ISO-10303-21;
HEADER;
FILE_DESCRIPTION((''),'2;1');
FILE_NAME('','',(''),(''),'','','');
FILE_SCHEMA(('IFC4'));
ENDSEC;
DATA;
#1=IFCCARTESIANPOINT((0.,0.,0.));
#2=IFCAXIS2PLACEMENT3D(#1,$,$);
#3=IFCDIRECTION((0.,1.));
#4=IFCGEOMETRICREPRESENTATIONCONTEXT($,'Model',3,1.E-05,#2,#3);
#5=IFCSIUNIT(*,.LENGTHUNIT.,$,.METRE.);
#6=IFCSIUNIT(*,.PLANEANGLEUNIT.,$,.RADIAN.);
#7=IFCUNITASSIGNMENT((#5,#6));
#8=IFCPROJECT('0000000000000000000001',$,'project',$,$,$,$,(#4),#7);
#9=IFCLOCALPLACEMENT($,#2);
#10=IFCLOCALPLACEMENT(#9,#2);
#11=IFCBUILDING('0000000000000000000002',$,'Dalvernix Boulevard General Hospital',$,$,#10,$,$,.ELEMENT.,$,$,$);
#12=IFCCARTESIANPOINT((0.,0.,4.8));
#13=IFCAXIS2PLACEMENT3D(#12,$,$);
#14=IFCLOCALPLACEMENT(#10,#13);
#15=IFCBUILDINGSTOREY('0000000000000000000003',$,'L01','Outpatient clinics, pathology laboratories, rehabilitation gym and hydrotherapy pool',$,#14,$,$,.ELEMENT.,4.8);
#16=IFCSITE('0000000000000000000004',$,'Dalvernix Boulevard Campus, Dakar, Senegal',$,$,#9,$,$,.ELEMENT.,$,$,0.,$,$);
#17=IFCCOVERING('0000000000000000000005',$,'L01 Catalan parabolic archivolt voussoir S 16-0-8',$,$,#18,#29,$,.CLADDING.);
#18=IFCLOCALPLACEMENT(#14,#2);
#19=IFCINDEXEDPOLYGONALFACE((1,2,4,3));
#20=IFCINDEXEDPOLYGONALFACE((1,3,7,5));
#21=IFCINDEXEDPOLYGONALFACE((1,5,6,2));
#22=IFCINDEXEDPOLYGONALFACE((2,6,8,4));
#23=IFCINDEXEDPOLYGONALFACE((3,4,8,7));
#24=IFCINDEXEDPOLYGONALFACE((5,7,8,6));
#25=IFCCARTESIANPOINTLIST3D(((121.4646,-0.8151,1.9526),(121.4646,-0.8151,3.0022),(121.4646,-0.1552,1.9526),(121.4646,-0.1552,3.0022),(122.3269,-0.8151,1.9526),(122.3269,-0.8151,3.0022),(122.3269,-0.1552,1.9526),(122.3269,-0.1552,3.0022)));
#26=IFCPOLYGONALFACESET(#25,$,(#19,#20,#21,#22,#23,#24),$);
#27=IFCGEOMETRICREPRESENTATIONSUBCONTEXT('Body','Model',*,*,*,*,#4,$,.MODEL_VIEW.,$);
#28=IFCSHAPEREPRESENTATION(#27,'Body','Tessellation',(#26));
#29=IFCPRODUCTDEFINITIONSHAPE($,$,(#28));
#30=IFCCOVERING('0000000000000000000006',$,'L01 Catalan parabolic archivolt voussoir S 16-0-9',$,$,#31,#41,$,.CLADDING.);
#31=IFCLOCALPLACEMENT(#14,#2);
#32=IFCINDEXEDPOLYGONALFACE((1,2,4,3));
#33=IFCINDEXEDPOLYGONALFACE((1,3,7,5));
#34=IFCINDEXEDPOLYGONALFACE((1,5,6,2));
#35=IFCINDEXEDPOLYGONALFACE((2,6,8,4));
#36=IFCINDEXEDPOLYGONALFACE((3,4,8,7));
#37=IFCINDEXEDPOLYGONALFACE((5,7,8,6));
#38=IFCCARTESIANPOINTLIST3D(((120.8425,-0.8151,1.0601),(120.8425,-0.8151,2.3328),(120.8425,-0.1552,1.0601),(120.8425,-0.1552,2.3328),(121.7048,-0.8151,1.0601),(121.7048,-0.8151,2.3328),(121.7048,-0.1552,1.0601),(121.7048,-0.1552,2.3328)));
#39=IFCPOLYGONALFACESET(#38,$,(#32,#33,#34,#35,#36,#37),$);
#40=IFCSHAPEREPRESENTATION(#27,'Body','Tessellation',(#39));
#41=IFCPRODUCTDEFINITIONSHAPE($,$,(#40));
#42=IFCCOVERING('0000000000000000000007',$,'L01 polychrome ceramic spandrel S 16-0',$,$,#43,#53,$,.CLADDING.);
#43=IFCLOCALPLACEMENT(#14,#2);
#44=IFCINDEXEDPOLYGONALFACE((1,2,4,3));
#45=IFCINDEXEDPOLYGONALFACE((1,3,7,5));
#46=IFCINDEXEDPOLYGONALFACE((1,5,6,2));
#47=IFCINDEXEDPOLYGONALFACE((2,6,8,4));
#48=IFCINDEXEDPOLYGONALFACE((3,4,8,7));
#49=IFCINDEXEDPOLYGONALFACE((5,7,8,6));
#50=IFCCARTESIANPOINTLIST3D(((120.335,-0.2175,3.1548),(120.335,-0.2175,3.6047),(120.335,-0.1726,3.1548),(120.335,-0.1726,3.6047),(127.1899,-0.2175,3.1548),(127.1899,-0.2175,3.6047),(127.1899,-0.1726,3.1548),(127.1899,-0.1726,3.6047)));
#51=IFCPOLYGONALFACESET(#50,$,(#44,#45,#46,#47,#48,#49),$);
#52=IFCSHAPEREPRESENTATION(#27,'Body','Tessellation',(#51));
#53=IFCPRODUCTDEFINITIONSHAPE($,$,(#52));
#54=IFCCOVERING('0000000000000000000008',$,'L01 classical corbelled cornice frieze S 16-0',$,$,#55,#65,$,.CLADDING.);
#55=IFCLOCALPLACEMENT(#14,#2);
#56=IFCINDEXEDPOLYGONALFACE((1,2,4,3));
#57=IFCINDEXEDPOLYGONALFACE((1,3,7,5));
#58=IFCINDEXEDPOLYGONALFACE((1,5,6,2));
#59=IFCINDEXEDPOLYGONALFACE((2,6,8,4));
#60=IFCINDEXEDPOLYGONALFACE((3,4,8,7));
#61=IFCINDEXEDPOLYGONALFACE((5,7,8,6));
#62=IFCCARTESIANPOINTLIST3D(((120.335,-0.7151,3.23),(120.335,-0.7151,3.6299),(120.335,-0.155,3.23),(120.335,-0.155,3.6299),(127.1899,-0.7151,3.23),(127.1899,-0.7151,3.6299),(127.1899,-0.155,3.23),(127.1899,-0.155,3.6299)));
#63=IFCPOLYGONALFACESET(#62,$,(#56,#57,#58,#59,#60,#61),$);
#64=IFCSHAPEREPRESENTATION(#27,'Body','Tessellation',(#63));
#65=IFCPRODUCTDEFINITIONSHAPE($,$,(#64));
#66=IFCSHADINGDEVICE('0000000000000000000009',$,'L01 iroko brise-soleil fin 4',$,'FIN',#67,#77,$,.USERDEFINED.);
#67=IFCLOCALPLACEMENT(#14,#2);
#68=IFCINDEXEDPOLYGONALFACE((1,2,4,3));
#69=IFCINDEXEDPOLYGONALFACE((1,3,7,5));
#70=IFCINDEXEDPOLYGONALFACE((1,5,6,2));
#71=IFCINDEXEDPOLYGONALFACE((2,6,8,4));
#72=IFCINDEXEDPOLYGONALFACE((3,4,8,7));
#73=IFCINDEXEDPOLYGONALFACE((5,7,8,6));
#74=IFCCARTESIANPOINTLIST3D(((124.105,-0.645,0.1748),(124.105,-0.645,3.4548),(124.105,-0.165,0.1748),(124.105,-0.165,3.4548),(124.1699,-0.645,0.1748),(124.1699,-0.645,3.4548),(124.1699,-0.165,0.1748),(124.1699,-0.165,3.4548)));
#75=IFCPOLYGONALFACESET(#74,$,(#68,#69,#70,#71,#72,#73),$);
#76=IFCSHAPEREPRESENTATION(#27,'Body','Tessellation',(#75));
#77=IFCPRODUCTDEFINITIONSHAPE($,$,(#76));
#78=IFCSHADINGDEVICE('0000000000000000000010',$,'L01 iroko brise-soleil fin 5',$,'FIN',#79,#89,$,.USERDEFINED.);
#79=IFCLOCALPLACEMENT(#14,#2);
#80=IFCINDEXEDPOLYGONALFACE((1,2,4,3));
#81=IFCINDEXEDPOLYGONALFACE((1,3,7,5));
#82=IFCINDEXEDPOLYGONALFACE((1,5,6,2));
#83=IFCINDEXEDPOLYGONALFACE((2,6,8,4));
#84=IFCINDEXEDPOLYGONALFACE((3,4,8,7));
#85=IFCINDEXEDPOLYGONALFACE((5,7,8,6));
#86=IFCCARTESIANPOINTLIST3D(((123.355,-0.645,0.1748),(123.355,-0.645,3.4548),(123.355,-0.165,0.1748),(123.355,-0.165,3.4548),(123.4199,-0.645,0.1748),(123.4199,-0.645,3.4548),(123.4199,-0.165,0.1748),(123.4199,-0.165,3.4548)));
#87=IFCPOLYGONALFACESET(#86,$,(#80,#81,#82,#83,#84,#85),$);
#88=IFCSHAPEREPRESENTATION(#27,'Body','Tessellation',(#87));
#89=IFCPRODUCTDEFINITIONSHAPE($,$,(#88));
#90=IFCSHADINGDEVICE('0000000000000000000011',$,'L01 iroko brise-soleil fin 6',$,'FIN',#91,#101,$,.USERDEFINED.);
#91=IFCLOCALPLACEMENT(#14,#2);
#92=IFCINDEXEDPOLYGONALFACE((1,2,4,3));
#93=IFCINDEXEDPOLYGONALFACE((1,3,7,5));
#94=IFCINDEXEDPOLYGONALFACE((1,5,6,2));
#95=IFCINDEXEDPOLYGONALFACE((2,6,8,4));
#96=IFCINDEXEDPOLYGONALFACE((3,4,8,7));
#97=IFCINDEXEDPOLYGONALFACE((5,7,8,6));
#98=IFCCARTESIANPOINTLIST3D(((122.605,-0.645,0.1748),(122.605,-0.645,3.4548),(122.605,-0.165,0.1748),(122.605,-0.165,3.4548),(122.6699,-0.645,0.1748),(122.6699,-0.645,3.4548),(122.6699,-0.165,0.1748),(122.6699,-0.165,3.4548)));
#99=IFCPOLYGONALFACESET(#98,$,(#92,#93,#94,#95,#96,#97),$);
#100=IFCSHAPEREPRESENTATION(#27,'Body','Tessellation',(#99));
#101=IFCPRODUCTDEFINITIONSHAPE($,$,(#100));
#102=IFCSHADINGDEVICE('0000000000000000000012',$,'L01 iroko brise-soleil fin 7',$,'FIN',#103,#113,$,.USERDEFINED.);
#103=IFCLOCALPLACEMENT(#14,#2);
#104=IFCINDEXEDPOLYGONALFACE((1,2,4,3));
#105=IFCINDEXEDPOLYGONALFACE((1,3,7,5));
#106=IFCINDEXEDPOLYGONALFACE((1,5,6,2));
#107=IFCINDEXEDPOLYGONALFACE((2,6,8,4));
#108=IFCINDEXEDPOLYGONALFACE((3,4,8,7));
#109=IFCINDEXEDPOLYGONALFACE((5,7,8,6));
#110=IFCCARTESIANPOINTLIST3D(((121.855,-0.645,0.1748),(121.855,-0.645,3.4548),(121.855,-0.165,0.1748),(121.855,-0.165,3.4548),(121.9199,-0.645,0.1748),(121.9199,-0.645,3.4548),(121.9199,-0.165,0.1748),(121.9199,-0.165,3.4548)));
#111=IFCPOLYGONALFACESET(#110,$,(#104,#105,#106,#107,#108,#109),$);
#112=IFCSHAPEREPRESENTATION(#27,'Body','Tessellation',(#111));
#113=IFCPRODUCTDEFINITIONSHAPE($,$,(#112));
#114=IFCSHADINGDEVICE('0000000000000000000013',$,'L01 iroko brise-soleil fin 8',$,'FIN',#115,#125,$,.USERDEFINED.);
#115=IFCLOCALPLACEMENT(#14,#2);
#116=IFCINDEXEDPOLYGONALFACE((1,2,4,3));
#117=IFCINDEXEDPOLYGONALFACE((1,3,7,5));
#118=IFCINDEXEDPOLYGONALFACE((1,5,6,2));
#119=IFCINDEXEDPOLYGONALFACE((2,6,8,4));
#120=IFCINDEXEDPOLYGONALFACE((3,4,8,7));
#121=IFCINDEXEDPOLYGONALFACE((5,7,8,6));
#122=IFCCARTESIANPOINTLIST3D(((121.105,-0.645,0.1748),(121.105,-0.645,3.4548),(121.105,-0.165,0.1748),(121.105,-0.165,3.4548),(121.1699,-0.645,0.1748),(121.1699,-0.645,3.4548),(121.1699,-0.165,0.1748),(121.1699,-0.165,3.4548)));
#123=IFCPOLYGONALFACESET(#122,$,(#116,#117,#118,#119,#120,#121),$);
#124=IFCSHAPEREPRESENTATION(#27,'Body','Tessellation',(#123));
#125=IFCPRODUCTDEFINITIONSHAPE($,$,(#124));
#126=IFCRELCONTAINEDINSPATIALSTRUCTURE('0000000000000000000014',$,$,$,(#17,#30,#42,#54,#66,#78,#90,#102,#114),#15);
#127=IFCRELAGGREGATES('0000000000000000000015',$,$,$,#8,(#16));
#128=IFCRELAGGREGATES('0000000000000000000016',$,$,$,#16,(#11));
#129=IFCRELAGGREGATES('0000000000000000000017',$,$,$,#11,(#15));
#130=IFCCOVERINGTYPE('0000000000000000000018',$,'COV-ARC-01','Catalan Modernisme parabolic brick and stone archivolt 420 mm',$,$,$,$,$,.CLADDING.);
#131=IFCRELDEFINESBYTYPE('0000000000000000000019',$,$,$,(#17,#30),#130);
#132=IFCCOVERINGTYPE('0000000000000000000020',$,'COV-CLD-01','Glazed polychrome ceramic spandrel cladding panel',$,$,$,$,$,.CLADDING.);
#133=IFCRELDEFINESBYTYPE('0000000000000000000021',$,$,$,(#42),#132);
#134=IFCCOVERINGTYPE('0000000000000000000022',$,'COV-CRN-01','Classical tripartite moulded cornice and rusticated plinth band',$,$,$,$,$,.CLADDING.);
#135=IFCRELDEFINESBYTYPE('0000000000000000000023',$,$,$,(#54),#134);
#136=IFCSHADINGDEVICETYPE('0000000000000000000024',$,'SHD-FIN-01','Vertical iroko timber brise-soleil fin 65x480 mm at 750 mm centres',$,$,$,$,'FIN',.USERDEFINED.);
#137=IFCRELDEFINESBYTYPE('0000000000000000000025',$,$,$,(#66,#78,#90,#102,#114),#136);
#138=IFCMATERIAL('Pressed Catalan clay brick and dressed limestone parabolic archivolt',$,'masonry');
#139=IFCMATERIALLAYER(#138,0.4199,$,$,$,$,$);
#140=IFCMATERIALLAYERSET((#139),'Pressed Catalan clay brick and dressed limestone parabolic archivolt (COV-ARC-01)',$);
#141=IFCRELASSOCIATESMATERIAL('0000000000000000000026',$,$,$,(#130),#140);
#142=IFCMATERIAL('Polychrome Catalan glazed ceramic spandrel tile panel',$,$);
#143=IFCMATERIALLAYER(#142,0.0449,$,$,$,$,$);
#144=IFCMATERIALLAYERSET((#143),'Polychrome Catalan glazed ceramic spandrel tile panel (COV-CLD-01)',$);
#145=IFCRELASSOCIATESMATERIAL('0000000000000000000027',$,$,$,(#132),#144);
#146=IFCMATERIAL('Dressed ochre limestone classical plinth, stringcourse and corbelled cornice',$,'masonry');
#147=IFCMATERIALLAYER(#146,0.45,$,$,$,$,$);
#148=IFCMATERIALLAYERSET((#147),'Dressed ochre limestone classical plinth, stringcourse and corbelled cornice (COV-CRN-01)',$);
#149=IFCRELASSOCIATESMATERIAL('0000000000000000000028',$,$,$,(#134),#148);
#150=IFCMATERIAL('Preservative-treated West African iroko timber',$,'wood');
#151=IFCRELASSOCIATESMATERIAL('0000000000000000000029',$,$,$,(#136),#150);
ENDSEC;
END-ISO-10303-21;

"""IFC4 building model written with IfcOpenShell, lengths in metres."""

from ifc_helpers import new_model, si_unit, direction, frame, origin, origin_2d, place, context, subcontext, project, spatial, rectangle, extrude, material, layer, layer_set, type_object, element, save


model = new_model("IFC4")

# Units and contexts
model_context = context("Model", 3, precision=1e-05, world=origin(), true_north=direction((0.0, 1.0)))
body_context = subcontext(model_context, "Body", "Model", "MODEL_VIEW")
ifc_project = project(units=[si_unit("LENGTHUNIT", "METRE"), si_unit("PLANEANGLEUNIT", "RADIAN")], contexts=[model_context])

# Site, building, storey
site_placement = place(None, origin())
site = spatial("IfcSite", under=ifc_project, at=site_placement, Name="Dalvernix Boulevard Campus, Dakar, Senegal", CompositionType="ELEMENT", RefElevation=0.0)
building_placement = place(site_placement, origin())
building = spatial("IfcBuilding", under=site, at=building_placement, Name="Dalvernix Boulevard General Hospital", CompositionType="ELEMENT")
storey_placement = place(building_placement, frame((0.0, 0.0, 4.8)))
storey = spatial("IfcBuildingStorey", under=building, at=storey_placement, Name="L01", Description="Outpatient clinics, pathology laboratories, rehabilitation gym and hydrotherapy pool", CompositionType="ELEMENT", Elevation=4.8)

# Coverings
ifc_material_1 = material(Name="Pressed Catalan clay brick and dressed limestone parabolic archivolt", Category="masonry")
ifc_layer_1 = layer(ifc_material_1, 0.4199)
ifc_layer_set_1 = layer_set([ifc_layer_1], Name="Pressed Catalan clay brick and dressed limestone parabolic archivolt (COV-ARC-01)")
covering_type_1 = type_object("IfcCoveringType", Name="COV-ARC-01", Description="Catalan Modernisme parabolic brick and stone archivolt 420 mm", PredefinedType="CLADDING", material=ifc_layer_set_1)
covering_1_placement = place(storey_placement, frame((121.8958, -0.4851, 1.9526), z_axis=(0.0, 0.0, 1.0), x_axis=(-1.0, 0.0, 0.0)))
element("IfcCovering", 1, at=covering_1_placement, inside=storey, type_object=covering_type_1, Name="L01 Catalan parabolic archivolt voussoir S 16-0-8", PredefinedType="CLADDING", context=body_context, shape_type="SweptSolid", body=[
    extrude(rectangle(XDim=0.8623, YDim=0.6599, at=origin_2d()), origin(), (0.0, 0.0, 1.0), 1.0496),
])
covering_2_placement = place(storey_placement, frame((121.2737, -0.4851, 1.0601), z_axis=(0.0, 0.0, 1.0), x_axis=(-1.0, 0.0, 0.0)))
element("IfcCovering", 2, at=covering_2_placement, inside=storey, type_object=covering_type_1, Name="L01 Catalan parabolic archivolt voussoir S 16-0-9", PredefinedType="CLADDING", context=body_context, shape_type="SweptSolid", body=[
    extrude(rectangle(XDim=0.8623, YDim=0.6599, at=origin_2d()), origin(), (0.0, 0.0, 1.0), 1.2727),
])
ifc_material_2 = material(Name="Polychrome Catalan glazed ceramic spandrel tile panel")
ifc_layer_2 = layer(ifc_material_2, 0.0449)
ifc_layer_set_2 = layer_set([ifc_layer_2], Name="Polychrome Catalan glazed ceramic spandrel tile panel (COV-CLD-01)")
covering_type_2 = type_object("IfcCoveringType", Name="COV-CLD-01", Description="Glazed polychrome ceramic spandrel cladding panel", PredefinedType="CLADDING", material=ifc_layer_set_2)
covering_3_placement = place(storey_placement, frame((123.7625, -0.1951, 3.1548), z_axis=(0.0, 0.0, 1.0), x_axis=(-1.0, 0.0, 0.0)))
element("IfcCovering", 3, at=covering_3_placement, inside=storey, type_object=covering_type_2, Name="L01 polychrome ceramic spandrel S 16-0", PredefinedType="CLADDING", context=body_context, shape_type="SweptSolid", body=[
    extrude(rectangle(XDim=6.855, YDim=0.0449, at=origin_2d()), origin(), (0.0, 0.0, 1.0), 0.45),
])
ifc_material_3 = material(Name="Dressed ochre limestone classical plinth, stringcourse and corbelled cornice", Category="masonry")
ifc_layer_3 = layer(ifc_material_3, 0.45)
ifc_layer_set_3 = layer_set([ifc_layer_3], Name="Dressed ochre limestone classical plinth, stringcourse and corbelled cornice (COV-CRN-01)")
covering_type_3 = type_object("IfcCoveringType", Name="COV-CRN-01", Description="Classical tripartite moulded cornice and rusticated plinth band", PredefinedType="CLADDING", material=ifc_layer_set_3)
covering_4_placement = place(storey_placement, frame((123.7625, -0.4351, 3.23), z_axis=(0.0, 0.0, 1.0), x_axis=(-1.0, 0.0, 0.0)))
element("IfcCovering", 4, at=covering_4_placement, inside=storey, type_object=covering_type_3, Name="L01 classical corbelled cornice frieze S 16-0", PredefinedType="CLADDING", context=body_context, shape_type="SweptSolid", body=[
    extrude(rectangle(XDim=6.855, YDim=0.5601, at=origin_2d()), origin(), (0.0, 0.0, 1.0), 0.3999),
])

# Shading devices
ifc_material_4 = material(Name="Preservative-treated West African iroko timber", Category="wood")
shading_device_type = type_object("IfcShadingDeviceType", Name="SHD-FIN-01", Description="Vertical iroko timber brise-soleil fin 65x480 mm at 750 mm centres", ElementType="FIN", PredefinedType="USERDEFINED", material=ifc_material_4)
for number, where, z_axis, x_axis, name in (
    (5, (124.1375, -0.405, 0.1748), (0.0, 0.0, 1.0), (-1.0, 0.0, 0.0), "L01 iroko brise-soleil fin 4"),
    (6, (123.3875, -0.405, 0.1748), (0.0, 0.0, 1.0), (-1.0, 0.0, 0.0), "L01 iroko brise-soleil fin 5"),
    (7, (122.6375, -0.405, 0.1748), (0.0, 0.0, 1.0), (-1.0, 0.0, 0.0), "L01 iroko brise-soleil fin 6"),
    (8, (121.8875, -0.405, 0.1748), (0.0, 0.0, 1.0), (-1.0, 0.0, 0.0), "L01 iroko brise-soleil fin 7"),
    (9, (121.1375, -0.405, 0.1748), (0.0, 0.0, 1.0), (-1.0, 0.0, 0.0), "L01 iroko brise-soleil fin 8"),
):
    element("IfcShadingDevice", number, at=place(storey_placement, frame(where, z_axis=z_axis, x_axis=x_axis)), inside=storey, type_object=shading_device_type, Name=name, ObjectType="FIN", PredefinedType="USERDEFINED", context=body_context, shape_type="SweptSolid", body=[
        extrude(rectangle(XDim=0.0649, YDim=0.48, at=origin_2d()), origin(), (0.0, 0.0, 1.0), 3.28),
    ])

save(model, "model.ifc")
